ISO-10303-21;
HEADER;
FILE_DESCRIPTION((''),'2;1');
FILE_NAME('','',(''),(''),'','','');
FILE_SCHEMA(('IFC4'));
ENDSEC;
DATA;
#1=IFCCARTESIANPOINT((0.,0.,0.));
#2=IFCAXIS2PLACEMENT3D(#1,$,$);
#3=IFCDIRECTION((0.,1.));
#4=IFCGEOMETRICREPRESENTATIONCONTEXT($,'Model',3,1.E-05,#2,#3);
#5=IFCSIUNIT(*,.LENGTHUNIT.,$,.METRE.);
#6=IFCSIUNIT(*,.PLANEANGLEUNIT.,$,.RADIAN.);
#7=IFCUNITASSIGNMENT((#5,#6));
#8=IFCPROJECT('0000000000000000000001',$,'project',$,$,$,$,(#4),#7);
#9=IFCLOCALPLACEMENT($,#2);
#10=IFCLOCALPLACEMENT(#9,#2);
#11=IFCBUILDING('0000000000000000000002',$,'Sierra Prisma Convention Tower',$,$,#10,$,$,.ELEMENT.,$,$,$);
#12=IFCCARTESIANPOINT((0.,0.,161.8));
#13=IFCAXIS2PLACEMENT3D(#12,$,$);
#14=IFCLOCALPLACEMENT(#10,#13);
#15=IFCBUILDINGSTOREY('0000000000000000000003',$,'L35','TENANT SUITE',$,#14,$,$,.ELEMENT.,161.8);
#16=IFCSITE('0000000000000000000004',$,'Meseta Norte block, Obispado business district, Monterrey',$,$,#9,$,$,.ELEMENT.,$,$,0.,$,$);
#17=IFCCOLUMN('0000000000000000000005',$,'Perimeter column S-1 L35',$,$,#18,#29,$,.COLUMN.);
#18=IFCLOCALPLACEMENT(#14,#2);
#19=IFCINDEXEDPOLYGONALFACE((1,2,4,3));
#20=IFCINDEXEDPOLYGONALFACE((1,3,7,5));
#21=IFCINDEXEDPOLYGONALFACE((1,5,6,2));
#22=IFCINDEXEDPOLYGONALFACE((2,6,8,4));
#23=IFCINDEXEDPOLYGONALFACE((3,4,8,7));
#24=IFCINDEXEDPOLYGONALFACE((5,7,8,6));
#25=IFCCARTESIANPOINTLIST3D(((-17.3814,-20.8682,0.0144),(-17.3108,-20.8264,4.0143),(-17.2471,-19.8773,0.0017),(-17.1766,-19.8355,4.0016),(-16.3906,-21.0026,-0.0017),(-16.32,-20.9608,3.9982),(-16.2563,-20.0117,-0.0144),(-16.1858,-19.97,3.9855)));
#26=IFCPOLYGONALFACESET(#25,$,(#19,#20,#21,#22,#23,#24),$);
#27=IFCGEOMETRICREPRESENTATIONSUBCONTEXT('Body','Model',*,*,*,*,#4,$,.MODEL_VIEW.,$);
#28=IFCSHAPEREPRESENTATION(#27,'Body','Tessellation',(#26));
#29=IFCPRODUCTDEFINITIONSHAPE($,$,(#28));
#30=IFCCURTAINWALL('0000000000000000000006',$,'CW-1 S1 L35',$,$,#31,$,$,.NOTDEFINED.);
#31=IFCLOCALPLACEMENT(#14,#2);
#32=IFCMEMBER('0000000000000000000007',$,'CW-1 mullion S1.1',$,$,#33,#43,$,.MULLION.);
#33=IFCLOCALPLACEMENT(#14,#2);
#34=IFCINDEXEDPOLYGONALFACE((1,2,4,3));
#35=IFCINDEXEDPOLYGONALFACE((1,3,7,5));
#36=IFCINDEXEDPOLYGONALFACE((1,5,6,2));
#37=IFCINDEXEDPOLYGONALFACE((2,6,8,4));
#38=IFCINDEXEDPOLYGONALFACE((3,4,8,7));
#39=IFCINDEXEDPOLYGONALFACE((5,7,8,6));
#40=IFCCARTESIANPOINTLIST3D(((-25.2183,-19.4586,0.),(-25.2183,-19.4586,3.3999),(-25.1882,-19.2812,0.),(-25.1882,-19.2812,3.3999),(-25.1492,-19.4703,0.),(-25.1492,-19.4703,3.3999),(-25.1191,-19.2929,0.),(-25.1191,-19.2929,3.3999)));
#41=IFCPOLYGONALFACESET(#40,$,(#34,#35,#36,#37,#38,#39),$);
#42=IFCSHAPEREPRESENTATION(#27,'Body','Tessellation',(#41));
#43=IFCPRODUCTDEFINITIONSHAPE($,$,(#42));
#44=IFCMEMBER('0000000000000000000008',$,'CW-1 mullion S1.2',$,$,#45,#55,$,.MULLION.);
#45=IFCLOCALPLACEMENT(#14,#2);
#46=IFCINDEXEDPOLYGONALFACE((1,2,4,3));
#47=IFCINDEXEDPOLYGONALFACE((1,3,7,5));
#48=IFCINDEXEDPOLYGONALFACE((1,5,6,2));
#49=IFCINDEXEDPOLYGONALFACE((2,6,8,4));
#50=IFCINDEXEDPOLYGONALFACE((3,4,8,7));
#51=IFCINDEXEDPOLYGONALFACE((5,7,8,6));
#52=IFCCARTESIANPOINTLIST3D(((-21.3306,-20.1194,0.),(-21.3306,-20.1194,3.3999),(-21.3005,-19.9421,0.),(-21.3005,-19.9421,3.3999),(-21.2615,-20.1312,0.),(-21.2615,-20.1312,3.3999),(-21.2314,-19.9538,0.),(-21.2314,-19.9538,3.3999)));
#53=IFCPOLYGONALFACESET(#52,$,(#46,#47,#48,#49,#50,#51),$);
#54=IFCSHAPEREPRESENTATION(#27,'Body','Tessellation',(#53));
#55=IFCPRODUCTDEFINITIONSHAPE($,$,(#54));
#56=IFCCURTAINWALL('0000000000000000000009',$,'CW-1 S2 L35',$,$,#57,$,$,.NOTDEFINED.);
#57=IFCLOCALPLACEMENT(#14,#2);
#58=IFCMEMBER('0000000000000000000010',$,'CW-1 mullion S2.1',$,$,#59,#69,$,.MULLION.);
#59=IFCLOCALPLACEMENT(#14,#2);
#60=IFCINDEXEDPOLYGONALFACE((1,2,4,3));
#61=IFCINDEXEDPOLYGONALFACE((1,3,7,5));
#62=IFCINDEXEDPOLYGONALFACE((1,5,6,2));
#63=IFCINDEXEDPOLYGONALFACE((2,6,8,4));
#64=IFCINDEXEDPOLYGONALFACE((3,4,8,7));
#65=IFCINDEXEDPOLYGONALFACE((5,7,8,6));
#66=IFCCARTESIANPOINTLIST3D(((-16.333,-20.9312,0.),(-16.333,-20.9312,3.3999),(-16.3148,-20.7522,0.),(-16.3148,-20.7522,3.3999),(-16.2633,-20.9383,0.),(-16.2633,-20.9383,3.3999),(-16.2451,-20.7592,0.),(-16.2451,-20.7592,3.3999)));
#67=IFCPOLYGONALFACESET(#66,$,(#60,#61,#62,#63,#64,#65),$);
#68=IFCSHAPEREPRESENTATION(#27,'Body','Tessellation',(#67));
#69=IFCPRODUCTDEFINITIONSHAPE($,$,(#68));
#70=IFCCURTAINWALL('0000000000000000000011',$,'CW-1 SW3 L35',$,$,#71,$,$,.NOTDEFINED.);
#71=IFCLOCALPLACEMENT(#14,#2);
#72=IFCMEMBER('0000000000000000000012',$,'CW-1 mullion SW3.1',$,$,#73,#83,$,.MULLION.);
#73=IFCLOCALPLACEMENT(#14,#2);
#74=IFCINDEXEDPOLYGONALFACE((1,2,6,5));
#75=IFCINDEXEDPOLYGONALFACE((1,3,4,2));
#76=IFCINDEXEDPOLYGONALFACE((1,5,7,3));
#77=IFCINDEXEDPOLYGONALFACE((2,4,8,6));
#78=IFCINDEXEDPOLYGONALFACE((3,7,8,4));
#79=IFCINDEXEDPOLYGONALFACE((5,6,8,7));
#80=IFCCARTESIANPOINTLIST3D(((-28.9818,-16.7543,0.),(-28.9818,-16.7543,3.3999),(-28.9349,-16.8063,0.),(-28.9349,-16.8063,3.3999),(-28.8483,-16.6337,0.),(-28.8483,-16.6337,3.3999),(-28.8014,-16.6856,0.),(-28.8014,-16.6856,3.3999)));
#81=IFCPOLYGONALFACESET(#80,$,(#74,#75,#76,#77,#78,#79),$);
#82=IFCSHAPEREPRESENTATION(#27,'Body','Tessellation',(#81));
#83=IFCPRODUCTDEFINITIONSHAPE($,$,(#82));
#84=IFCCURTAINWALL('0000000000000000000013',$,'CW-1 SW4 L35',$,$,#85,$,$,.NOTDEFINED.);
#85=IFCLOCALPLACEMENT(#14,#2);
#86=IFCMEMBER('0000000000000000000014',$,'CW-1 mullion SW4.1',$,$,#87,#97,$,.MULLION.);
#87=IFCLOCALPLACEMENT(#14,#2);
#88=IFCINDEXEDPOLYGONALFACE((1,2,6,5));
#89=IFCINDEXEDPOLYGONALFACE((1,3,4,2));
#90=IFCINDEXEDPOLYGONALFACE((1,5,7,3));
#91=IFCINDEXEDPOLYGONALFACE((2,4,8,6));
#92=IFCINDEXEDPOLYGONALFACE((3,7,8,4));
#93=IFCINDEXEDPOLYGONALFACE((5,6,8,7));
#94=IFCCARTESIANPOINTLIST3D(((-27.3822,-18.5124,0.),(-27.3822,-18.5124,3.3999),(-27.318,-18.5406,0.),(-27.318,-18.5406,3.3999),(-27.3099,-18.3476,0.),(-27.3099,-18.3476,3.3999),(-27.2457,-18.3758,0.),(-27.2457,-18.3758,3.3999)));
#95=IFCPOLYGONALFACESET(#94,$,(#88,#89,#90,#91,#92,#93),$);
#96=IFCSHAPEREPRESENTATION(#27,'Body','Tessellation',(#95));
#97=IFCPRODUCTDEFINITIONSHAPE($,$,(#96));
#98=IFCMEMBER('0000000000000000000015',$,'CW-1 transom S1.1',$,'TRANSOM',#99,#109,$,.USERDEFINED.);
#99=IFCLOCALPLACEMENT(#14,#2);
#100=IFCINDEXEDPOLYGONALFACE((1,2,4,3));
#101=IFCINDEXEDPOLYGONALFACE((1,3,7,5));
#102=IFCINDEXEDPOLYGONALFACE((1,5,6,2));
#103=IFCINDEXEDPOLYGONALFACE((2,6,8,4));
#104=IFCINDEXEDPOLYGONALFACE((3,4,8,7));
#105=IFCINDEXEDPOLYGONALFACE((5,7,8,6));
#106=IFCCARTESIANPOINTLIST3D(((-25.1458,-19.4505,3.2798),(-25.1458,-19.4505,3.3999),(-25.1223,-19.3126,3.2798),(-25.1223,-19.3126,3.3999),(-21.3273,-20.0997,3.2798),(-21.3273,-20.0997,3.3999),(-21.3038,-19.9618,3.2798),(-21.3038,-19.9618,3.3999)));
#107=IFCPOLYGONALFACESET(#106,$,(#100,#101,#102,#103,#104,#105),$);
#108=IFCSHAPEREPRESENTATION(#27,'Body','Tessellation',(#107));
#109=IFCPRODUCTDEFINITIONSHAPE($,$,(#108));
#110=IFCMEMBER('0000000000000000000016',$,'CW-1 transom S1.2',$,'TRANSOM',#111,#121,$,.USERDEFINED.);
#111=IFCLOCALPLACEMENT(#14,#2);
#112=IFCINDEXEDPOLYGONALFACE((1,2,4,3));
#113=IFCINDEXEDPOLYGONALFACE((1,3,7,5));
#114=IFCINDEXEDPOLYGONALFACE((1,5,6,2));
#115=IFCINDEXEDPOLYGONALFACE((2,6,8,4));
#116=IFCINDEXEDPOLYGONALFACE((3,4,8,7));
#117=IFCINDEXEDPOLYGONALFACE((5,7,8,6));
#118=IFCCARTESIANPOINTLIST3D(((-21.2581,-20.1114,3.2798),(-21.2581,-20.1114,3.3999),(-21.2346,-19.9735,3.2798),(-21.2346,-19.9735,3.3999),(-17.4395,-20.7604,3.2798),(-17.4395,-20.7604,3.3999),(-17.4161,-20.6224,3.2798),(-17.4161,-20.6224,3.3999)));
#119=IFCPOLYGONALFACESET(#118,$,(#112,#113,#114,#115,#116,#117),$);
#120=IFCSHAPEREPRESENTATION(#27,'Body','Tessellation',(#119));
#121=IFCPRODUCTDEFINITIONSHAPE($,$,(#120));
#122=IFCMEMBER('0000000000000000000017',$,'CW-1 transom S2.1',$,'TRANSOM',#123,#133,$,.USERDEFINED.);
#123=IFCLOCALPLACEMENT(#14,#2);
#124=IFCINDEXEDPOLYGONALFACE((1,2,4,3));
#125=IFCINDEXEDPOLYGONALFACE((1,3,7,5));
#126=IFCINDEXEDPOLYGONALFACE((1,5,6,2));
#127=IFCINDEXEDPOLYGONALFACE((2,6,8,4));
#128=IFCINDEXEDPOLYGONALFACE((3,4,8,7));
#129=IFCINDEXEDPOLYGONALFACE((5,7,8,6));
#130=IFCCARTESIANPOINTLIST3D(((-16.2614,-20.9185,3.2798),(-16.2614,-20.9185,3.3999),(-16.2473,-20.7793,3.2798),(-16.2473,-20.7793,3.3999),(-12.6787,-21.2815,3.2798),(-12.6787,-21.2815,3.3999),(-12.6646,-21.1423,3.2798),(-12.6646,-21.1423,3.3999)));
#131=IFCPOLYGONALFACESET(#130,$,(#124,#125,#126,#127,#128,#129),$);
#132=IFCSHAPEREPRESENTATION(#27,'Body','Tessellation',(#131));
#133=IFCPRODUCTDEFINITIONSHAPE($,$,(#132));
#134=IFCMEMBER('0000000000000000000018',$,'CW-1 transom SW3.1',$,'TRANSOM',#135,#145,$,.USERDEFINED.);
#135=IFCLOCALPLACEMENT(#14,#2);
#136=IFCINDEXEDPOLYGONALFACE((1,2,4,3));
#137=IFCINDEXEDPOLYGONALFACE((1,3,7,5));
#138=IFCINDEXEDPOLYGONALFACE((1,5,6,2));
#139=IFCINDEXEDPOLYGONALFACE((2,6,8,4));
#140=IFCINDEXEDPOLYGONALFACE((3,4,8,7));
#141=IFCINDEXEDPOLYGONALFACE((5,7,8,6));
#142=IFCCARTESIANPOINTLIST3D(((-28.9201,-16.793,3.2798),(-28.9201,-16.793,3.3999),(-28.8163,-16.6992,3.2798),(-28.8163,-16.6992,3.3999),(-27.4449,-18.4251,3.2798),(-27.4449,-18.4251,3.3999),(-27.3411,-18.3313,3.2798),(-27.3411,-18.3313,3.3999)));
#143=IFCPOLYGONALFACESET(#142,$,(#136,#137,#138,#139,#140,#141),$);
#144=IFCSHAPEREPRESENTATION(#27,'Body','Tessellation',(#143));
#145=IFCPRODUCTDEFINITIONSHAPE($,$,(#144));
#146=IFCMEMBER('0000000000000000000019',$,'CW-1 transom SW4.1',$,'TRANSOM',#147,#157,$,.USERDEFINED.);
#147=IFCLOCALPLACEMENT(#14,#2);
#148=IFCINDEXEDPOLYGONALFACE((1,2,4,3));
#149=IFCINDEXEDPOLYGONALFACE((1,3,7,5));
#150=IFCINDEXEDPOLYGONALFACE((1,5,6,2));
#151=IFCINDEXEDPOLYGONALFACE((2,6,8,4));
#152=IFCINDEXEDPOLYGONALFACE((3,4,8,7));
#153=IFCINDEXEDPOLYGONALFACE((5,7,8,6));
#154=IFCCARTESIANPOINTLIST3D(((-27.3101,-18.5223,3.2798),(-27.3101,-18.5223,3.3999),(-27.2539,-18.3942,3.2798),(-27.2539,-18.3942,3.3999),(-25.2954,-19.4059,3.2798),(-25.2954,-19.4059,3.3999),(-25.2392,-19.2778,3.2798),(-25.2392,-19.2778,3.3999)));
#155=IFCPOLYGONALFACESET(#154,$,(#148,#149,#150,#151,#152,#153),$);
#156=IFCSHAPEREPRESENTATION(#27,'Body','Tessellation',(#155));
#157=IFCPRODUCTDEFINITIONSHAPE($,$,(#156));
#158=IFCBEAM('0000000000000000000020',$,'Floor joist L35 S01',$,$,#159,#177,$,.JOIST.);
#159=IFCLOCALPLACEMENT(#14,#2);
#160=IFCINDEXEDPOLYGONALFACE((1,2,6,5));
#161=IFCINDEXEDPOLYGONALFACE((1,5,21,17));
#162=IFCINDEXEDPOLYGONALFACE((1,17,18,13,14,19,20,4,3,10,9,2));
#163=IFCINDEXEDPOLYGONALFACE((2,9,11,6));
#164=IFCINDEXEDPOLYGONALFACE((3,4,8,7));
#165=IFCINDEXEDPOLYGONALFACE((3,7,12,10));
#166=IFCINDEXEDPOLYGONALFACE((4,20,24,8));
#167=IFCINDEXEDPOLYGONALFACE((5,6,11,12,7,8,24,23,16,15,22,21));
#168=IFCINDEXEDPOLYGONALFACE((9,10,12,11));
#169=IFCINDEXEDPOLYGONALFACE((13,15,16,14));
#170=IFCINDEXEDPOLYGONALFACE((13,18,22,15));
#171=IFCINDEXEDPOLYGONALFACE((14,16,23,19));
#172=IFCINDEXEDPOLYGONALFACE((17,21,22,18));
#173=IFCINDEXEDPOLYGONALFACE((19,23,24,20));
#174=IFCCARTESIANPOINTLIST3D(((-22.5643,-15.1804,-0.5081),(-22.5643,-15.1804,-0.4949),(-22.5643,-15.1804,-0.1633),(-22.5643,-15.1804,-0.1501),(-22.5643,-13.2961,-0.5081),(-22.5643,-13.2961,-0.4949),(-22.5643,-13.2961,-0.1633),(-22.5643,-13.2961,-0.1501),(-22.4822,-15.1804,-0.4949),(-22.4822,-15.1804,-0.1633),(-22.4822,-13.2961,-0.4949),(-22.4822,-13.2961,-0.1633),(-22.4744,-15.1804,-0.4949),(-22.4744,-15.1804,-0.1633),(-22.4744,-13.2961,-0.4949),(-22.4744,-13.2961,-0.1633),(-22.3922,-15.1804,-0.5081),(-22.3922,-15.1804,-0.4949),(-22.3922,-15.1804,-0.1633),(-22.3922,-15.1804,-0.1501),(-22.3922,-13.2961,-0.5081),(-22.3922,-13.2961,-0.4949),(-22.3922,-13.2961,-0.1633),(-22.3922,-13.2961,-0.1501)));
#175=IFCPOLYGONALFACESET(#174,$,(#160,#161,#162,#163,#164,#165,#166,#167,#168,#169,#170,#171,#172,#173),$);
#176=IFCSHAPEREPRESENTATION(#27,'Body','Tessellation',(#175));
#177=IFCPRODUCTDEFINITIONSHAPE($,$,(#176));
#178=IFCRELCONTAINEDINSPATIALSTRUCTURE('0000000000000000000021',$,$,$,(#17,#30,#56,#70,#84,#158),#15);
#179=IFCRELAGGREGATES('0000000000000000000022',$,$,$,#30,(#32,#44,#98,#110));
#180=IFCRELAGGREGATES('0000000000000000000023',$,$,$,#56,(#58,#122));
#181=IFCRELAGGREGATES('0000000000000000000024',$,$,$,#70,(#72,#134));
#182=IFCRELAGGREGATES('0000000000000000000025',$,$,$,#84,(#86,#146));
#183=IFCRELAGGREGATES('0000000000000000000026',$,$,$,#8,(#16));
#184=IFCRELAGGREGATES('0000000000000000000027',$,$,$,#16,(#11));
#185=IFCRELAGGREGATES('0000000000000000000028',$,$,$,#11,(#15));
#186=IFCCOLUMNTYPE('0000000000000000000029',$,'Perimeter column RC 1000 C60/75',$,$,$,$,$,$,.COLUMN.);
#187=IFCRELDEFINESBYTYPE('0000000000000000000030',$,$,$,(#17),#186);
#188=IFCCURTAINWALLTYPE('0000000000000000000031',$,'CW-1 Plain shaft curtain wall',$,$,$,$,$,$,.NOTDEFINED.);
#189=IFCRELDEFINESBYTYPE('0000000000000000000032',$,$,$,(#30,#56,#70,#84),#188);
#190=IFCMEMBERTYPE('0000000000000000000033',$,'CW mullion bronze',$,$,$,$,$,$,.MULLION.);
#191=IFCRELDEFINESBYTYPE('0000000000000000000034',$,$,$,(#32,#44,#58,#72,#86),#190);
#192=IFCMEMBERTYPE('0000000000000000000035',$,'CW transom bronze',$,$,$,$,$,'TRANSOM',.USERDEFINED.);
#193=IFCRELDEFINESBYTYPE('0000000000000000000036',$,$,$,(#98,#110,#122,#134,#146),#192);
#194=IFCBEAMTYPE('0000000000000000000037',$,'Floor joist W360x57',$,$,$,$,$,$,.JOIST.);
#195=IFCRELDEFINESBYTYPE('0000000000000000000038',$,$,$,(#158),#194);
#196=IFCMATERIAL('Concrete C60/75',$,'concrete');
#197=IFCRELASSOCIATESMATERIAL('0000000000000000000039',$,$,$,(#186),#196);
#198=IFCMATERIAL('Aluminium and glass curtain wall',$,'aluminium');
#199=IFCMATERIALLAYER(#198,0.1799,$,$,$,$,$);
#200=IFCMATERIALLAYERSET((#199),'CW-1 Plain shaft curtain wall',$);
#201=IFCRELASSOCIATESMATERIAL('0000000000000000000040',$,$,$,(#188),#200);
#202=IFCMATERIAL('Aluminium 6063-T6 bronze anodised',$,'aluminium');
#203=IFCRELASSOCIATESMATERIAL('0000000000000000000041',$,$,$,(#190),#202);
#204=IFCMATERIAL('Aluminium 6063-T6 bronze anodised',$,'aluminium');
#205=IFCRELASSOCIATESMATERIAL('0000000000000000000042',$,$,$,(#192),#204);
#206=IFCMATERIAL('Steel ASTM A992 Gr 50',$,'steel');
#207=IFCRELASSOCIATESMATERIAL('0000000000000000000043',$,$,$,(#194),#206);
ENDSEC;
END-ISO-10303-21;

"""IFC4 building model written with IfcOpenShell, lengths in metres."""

from ifc_helpers import new_model, si_unit, direction, frame, origin, origin_2d, place, context, subcontext, project, spatial, rectangle, i_section, extrude, material, layer, layer_set, material_profile, profile_set, type_object, element, aggregate, save


model = new_model("IFC4")

# Units and contexts
model_context = context("Model", 3, precision=1e-05, world=origin(), true_north=direction((0.0, 1.0)))
body_context = subcontext(model_context, "Body", "Model", "MODEL_VIEW")
ifc_project = project(units=[si_unit("LENGTHUNIT", "METRE"), si_unit("PLANEANGLEUNIT", "RADIAN")], contexts=[model_context])

# Site, building, storey
site_placement = place(None, origin())
site = spatial("IfcSite", under=ifc_project, at=site_placement, Name="Meseta Norte block, Obispado business district, Monterrey", CompositionType="ELEMENT", RefElevation=0.0)
building_placement = place(site_placement, origin())
building = spatial("IfcBuilding", under=site, at=building_placement, Name="Sierra Prisma Convention Tower", CompositionType="ELEMENT")
storey_placement = place(building_placement, frame((0.0, 0.0, 161.8)))
storey = spatial("IfcBuildingStorey", under=building, at=storey_placement, Name="L35", Description="TENANT SUITE", CompositionType="ELEMENT", Elevation=161.8)

# Column
ifc_material_1 = material(Name="Concrete C60/75", Category="concrete")
ifc_material_profile_1 = material_profile(ifc_material_1, rectangle(XDim=1.0, YDim=1.0, at=origin_2d()), Name="Perimeter column RC 1000 C60/75")
ifc_profile_set_1 = profile_set([ifc_material_profile_1], Name="Concrete C60/75")
column_type = type_object("IfcColumnType", Name="Perimeter column RC 1000 C60/75", PredefinedType="COLUMN", material=ifc_profile_set_1)
column_placement = place(storey_placement, frame((-16.8188, -20.4399, 0.0), z_axis=(0.017635, 0.010435, 0.99979), x_axis=(-0.990791, 0.134441, 0.016074)))
element("IfcColumn", 1, at=column_placement, inside=storey, type_object=column_type, Name="Perimeter column S-1 L35", PredefinedType="COLUMN", context=body_context, shape_type="SweptSolid", body=[
    extrude(rectangle(XDim=1.0, YDim=1.0, at=origin_2d()), origin(), (0.0, 0.0, 1.0), 4.0007),
])

# Curtain wall, members
ifc_material_2 = material(Name="Aluminium and glass curtain wall", Category="aluminium")
ifc_layer_1 = layer(ifc_material_2, 0.1799)
ifc_layer_set_1 = layer_set([ifc_layer_1], Name="CW-1 Plain shaft curtain wall")
curtain_wall_type = type_object("IfcCurtainWallType", Name="CW-1 Plain shaft curtain wall", PredefinedType="NOTDEFINED", material=ifc_layer_set_1)
curtain_wall_1_placement = place(storey_placement, origin())
curtain_wall_1 = element("IfcCurtainWall", 2, at=curtain_wall_1_placement, inside=storey, type_object=curtain_wall_type, Name="CW-1 S1 L35", PredefinedType="NOTDEFINED")
ifc_material_3 = material(Name="Aluminium 6063-T6 bronze anodised", Category="aluminium")
ifc_material_profile_2 = material_profile(ifc_material_3, rectangle(XDim=0.1799, YDim=0.0701, at=origin_2d()), Name="ALU MULLION 70x180")
ifc_profile_set_2 = profile_set([ifc_material_profile_2], Name="Aluminium 6063-T6 bronze anodised")
member_type_1 = type_object("IfcMemberType", Name="CW mullion bronze", PredefinedType="MULLION", material=ifc_profile_set_2)
member_1_placement = place(storey_placement, frame((-25.1687, -19.3757, 0.0), z_axis=(0.0, 0.0, 1.0), x_axis=(0.167548, 0.985864, 0.0)))
member_1 = element("IfcMember", 3, at=member_1_placement, type_object=member_type_1, Name="CW-1 mullion S1.1", PredefinedType="MULLION", context=body_context, shape_type="SweptSolid", body=[
    extrude(rectangle(XDim=0.1799, YDim=0.0701, at=origin_2d()), origin(), (0.0, 0.0, 1.0), 3.3999),
])
member_2_placement = place(storey_placement, frame((-21.281, -20.0366, 0.0), z_axis=(0.0, 0.0, 1.0), x_axis=(0.167548, 0.985864, 0.0)))
member_2 = element("IfcMember", 4, at=member_2_placement, type_object=member_type_1, Name="CW-1 mullion S1.2", PredefinedType="MULLION", context=body_context, shape_type="SweptSolid", body=[
    extrude(rectangle(XDim=0.1799, YDim=0.0701, at=origin_2d()), origin(), (0.0, 0.0, 1.0), 3.3999),
])

# Curtain walls, members
curtain_wall_2_placement = place(storey_placement, origin())
curtain_wall_2 = element("IfcCurtainWall", 5, at=curtain_wall_2_placement, inside=storey, type_object=curtain_wall_type, Name="CW-1 S2 L35", PredefinedType="NOTDEFINED")
member_3_placement = place(storey_placement, frame((-16.2891, -20.8452, 0.0), z_axis=(0.0, 0.0, 1.0), x_axis=(0.100833, 0.994903, 0.0)))
member_3 = element("IfcMember", 6, at=member_3_placement, type_object=member_type_1, Name="CW-1 mullion S2.1", PredefinedType="MULLION", context=body_context, shape_type="SweptSolid", body=[
    extrude(rectangle(XDim=0.1799, YDim=0.0701, at=origin_2d()), origin(), (0.0, 0.0, 1.0), 3.3999),
])
curtain_wall_3_placement = place(storey_placement, origin())
curtain_wall_3 = element("IfcCurtainWall", 7, at=curtain_wall_3_placement, inside=storey, type_object=curtain_wall_type, Name="CW-1 SW3 L35", PredefinedType="NOTDEFINED")
member_4_placement = place(storey_placement, frame((-28.8916, -16.72, 0.0), z_axis=(0.0, 0.0, 1.0), x_axis=(0.741901, 0.67051, 0.0)))
member_4 = element("IfcMember", 8, at=member_4_placement, type_object=member_type_1, Name="CW-1 mullion SW3.1", PredefinedType="MULLION", context=body_context, shape_type="SweptSolid", body=[
    extrude(rectangle(XDim=0.1799, YDim=0.0701, at=origin_2d()), origin(), (0.0, 0.0, 1.0), 3.3999),
])
curtain_wall_4_placement = place(storey_placement, origin())
curtain_wall_4 = element("IfcCurtainWall", 9, at=curtain_wall_4_placement, inside=storey, type_object=curtain_wall_type, Name="CW-1 SW4 L35", PredefinedType="NOTDEFINED")
member_5_placement = place(storey_placement, frame((-27.314, -18.4441, 0.0), z_axis=(0.0, 0.0, 1.0), x_axis=(0.40164, 0.915798, 0.0)))
member_5 = element("IfcMember", 10, at=member_5_placement, type_object=member_type_1, Name="CW-1 mullion SW4.1", PredefinedType="MULLION", context=body_context, shape_type="SweptSolid", body=[
    extrude(rectangle(XDim=0.1799, YDim=0.0701, at=origin_2d()), origin(), (0.0, 0.0, 1.0), 3.3999),
])

# Members
ifc_material_4 = material(Name="Aluminium 6063-T6 bronze anodised", Category="aluminium")
ifc_material_profile_3 = material_profile(ifc_material_4, rectangle(XDim=0.1399, YDim=0.1201, at=origin_2d()), Name="ALU TRANSOM 120x140")
ifc_profile_set_3 = profile_set([ifc_material_profile_3], Name="Aluminium 6063-T6 bronze anodised")
member_type_2 = type_object("IfcMemberType", Name="CW transom bronze", ElementType="TRANSOM", PredefinedType="USERDEFINED", material=ifc_profile_set_3)
member_6_placement = place(storey_placement, frame((-25.134, -19.3816, 3.3398), z_axis=(0.985856, -0.167597, 0.0), x_axis=(0.167597, 0.985856, 0.0)))
member_6 = element("IfcMember", 11, at=member_6_placement, type_object=member_type_2, Name="CW-1 transom S1.1", ObjectType="TRANSOM", PredefinedType="USERDEFINED", context=body_context, shape_type="SweptSolid", body=[
    extrude(rectangle(XDim=0.1399, YDim=0.1201, at=origin_2d()), origin(), (0.0, 0.0, 1.0), 3.8733),
])
member_7_placement = place(storey_placement, frame((-21.2463, -20.0425, 3.3398), z_axis=(0.985866, -0.167536, 0.0), x_axis=(0.167536, 0.985866, 0.0)))
member_7 = element("IfcMember", 12, at=member_7_placement, type_object=member_type_2, Name="CW-1 transom S1.2", ObjectType="TRANSOM", PredefinedType="USERDEFINED", context=body_context, shape_type="SweptSolid", body=[
    extrude(rectangle(XDim=0.1399, YDim=0.1201, at=origin_2d()), origin(), (0.0, 0.0, 1.0), 3.8733),
])
member_8_placement = place(storey_placement, frame((-16.2544, -20.8489, 3.3398), z_axis=(0.994905, -0.100813, 0.0), x_axis=(0.100813, 0.994905, 0.0)))
member_8 = element("IfcMember", 13, at=member_8_placement, type_object=member_type_2, Name="CW-1 transom S2.1", ObjectType="TRANSOM", PredefinedType="USERDEFINED", context=body_context, shape_type="SweptSolid", body=[
    extrude(rectangle(XDim=0.1399, YDim=0.1201, at=origin_2d()), origin(), (0.0, 0.0, 1.0), 3.6011),
])
member_9_placement = place(storey_placement, frame((-28.8682, -16.7461, 3.3398), z_axis=(0.670527, -0.741885, 0.0), x_axis=(0.741885, 0.670527, 0.0)))
member_9 = element("IfcMember", 14, at=member_9_placement, type_object=member_type_2, Name="CW-1 transom SW3.1", ObjectType="TRANSOM", PredefinedType="USERDEFINED", context=body_context, shape_type="SweptSolid", body=[
    extrude(rectangle(XDim=0.1399, YDim=0.1201, at=origin_2d()), origin(), (0.0, 0.0, 1.0), 2.2),
])
member_10_placement = place(storey_placement, frame((-27.282, -18.4583, 3.3398), z_axis=(0.9158, -0.401634, 0.0), x_axis=(0.401634, 0.9158, 0.0)))
member_10 = element("IfcMember", 15, at=member_10_placement, type_object=member_type_2, Name="CW-1 transom SW4.1", ObjectType="TRANSOM", PredefinedType="USERDEFINED", context=body_context, shape_type="SweptSolid", body=[
    extrude(rectangle(XDim=0.1399, YDim=0.1201, at=origin_2d()), origin(), (0.0, 0.0, 1.0), 2.2),
])

# Beam
ifc_material_5 = material(Name="Steel ASTM A992 Gr 50", Category="steel")
ifc_material_profile_4 = material_profile(ifc_material_5, i_section(OverallWidth=0.1721, OverallDepth=0.3579, WebThickness=0.0078, FlangeThickness=0.0132, at=origin_2d()), Name="W360x57")
ifc_profile_set_4 = profile_set([ifc_material_profile_4], Name="Steel ASTM A992 Gr 50")
beam_type_1 = type_object("IfcBeamType", Name="Floor joist W360x57", PredefinedType="JOIST", material=ifc_profile_set_4)
beam_1_placement = place(storey_placement, frame((-22.4783, -15.1804, -0.3291), z_axis=(0.0, 1.0, 0.0), x_axis=(-1.0, 0.0, 0.0)))
element("IfcBeam", 16, at=beam_1_placement, inside=storey, type_object=beam_type_1, Name="Floor joist L35 S01", PredefinedType="JOIST", context=body_context, shape_type="SweptSolid", body=[
    extrude(i_section(OverallWidth=0.1721, OverallDepth=0.3579, WebThickness=0.0078, FlangeThickness=0.0132, at=origin_2d()), origin(), (0.0, 0.0, 1.0), 1.8843),
])

aggregate(curtain_wall_1, [member_1, member_2, member_6, member_7])
aggregate(curtain_wall_2, [member_3, member_8])

aggregate(curtain_wall_3, [member_4, member_9])
aggregate(curtain_wall_4, [member_5, member_10])

save(model, "model.ifc")
